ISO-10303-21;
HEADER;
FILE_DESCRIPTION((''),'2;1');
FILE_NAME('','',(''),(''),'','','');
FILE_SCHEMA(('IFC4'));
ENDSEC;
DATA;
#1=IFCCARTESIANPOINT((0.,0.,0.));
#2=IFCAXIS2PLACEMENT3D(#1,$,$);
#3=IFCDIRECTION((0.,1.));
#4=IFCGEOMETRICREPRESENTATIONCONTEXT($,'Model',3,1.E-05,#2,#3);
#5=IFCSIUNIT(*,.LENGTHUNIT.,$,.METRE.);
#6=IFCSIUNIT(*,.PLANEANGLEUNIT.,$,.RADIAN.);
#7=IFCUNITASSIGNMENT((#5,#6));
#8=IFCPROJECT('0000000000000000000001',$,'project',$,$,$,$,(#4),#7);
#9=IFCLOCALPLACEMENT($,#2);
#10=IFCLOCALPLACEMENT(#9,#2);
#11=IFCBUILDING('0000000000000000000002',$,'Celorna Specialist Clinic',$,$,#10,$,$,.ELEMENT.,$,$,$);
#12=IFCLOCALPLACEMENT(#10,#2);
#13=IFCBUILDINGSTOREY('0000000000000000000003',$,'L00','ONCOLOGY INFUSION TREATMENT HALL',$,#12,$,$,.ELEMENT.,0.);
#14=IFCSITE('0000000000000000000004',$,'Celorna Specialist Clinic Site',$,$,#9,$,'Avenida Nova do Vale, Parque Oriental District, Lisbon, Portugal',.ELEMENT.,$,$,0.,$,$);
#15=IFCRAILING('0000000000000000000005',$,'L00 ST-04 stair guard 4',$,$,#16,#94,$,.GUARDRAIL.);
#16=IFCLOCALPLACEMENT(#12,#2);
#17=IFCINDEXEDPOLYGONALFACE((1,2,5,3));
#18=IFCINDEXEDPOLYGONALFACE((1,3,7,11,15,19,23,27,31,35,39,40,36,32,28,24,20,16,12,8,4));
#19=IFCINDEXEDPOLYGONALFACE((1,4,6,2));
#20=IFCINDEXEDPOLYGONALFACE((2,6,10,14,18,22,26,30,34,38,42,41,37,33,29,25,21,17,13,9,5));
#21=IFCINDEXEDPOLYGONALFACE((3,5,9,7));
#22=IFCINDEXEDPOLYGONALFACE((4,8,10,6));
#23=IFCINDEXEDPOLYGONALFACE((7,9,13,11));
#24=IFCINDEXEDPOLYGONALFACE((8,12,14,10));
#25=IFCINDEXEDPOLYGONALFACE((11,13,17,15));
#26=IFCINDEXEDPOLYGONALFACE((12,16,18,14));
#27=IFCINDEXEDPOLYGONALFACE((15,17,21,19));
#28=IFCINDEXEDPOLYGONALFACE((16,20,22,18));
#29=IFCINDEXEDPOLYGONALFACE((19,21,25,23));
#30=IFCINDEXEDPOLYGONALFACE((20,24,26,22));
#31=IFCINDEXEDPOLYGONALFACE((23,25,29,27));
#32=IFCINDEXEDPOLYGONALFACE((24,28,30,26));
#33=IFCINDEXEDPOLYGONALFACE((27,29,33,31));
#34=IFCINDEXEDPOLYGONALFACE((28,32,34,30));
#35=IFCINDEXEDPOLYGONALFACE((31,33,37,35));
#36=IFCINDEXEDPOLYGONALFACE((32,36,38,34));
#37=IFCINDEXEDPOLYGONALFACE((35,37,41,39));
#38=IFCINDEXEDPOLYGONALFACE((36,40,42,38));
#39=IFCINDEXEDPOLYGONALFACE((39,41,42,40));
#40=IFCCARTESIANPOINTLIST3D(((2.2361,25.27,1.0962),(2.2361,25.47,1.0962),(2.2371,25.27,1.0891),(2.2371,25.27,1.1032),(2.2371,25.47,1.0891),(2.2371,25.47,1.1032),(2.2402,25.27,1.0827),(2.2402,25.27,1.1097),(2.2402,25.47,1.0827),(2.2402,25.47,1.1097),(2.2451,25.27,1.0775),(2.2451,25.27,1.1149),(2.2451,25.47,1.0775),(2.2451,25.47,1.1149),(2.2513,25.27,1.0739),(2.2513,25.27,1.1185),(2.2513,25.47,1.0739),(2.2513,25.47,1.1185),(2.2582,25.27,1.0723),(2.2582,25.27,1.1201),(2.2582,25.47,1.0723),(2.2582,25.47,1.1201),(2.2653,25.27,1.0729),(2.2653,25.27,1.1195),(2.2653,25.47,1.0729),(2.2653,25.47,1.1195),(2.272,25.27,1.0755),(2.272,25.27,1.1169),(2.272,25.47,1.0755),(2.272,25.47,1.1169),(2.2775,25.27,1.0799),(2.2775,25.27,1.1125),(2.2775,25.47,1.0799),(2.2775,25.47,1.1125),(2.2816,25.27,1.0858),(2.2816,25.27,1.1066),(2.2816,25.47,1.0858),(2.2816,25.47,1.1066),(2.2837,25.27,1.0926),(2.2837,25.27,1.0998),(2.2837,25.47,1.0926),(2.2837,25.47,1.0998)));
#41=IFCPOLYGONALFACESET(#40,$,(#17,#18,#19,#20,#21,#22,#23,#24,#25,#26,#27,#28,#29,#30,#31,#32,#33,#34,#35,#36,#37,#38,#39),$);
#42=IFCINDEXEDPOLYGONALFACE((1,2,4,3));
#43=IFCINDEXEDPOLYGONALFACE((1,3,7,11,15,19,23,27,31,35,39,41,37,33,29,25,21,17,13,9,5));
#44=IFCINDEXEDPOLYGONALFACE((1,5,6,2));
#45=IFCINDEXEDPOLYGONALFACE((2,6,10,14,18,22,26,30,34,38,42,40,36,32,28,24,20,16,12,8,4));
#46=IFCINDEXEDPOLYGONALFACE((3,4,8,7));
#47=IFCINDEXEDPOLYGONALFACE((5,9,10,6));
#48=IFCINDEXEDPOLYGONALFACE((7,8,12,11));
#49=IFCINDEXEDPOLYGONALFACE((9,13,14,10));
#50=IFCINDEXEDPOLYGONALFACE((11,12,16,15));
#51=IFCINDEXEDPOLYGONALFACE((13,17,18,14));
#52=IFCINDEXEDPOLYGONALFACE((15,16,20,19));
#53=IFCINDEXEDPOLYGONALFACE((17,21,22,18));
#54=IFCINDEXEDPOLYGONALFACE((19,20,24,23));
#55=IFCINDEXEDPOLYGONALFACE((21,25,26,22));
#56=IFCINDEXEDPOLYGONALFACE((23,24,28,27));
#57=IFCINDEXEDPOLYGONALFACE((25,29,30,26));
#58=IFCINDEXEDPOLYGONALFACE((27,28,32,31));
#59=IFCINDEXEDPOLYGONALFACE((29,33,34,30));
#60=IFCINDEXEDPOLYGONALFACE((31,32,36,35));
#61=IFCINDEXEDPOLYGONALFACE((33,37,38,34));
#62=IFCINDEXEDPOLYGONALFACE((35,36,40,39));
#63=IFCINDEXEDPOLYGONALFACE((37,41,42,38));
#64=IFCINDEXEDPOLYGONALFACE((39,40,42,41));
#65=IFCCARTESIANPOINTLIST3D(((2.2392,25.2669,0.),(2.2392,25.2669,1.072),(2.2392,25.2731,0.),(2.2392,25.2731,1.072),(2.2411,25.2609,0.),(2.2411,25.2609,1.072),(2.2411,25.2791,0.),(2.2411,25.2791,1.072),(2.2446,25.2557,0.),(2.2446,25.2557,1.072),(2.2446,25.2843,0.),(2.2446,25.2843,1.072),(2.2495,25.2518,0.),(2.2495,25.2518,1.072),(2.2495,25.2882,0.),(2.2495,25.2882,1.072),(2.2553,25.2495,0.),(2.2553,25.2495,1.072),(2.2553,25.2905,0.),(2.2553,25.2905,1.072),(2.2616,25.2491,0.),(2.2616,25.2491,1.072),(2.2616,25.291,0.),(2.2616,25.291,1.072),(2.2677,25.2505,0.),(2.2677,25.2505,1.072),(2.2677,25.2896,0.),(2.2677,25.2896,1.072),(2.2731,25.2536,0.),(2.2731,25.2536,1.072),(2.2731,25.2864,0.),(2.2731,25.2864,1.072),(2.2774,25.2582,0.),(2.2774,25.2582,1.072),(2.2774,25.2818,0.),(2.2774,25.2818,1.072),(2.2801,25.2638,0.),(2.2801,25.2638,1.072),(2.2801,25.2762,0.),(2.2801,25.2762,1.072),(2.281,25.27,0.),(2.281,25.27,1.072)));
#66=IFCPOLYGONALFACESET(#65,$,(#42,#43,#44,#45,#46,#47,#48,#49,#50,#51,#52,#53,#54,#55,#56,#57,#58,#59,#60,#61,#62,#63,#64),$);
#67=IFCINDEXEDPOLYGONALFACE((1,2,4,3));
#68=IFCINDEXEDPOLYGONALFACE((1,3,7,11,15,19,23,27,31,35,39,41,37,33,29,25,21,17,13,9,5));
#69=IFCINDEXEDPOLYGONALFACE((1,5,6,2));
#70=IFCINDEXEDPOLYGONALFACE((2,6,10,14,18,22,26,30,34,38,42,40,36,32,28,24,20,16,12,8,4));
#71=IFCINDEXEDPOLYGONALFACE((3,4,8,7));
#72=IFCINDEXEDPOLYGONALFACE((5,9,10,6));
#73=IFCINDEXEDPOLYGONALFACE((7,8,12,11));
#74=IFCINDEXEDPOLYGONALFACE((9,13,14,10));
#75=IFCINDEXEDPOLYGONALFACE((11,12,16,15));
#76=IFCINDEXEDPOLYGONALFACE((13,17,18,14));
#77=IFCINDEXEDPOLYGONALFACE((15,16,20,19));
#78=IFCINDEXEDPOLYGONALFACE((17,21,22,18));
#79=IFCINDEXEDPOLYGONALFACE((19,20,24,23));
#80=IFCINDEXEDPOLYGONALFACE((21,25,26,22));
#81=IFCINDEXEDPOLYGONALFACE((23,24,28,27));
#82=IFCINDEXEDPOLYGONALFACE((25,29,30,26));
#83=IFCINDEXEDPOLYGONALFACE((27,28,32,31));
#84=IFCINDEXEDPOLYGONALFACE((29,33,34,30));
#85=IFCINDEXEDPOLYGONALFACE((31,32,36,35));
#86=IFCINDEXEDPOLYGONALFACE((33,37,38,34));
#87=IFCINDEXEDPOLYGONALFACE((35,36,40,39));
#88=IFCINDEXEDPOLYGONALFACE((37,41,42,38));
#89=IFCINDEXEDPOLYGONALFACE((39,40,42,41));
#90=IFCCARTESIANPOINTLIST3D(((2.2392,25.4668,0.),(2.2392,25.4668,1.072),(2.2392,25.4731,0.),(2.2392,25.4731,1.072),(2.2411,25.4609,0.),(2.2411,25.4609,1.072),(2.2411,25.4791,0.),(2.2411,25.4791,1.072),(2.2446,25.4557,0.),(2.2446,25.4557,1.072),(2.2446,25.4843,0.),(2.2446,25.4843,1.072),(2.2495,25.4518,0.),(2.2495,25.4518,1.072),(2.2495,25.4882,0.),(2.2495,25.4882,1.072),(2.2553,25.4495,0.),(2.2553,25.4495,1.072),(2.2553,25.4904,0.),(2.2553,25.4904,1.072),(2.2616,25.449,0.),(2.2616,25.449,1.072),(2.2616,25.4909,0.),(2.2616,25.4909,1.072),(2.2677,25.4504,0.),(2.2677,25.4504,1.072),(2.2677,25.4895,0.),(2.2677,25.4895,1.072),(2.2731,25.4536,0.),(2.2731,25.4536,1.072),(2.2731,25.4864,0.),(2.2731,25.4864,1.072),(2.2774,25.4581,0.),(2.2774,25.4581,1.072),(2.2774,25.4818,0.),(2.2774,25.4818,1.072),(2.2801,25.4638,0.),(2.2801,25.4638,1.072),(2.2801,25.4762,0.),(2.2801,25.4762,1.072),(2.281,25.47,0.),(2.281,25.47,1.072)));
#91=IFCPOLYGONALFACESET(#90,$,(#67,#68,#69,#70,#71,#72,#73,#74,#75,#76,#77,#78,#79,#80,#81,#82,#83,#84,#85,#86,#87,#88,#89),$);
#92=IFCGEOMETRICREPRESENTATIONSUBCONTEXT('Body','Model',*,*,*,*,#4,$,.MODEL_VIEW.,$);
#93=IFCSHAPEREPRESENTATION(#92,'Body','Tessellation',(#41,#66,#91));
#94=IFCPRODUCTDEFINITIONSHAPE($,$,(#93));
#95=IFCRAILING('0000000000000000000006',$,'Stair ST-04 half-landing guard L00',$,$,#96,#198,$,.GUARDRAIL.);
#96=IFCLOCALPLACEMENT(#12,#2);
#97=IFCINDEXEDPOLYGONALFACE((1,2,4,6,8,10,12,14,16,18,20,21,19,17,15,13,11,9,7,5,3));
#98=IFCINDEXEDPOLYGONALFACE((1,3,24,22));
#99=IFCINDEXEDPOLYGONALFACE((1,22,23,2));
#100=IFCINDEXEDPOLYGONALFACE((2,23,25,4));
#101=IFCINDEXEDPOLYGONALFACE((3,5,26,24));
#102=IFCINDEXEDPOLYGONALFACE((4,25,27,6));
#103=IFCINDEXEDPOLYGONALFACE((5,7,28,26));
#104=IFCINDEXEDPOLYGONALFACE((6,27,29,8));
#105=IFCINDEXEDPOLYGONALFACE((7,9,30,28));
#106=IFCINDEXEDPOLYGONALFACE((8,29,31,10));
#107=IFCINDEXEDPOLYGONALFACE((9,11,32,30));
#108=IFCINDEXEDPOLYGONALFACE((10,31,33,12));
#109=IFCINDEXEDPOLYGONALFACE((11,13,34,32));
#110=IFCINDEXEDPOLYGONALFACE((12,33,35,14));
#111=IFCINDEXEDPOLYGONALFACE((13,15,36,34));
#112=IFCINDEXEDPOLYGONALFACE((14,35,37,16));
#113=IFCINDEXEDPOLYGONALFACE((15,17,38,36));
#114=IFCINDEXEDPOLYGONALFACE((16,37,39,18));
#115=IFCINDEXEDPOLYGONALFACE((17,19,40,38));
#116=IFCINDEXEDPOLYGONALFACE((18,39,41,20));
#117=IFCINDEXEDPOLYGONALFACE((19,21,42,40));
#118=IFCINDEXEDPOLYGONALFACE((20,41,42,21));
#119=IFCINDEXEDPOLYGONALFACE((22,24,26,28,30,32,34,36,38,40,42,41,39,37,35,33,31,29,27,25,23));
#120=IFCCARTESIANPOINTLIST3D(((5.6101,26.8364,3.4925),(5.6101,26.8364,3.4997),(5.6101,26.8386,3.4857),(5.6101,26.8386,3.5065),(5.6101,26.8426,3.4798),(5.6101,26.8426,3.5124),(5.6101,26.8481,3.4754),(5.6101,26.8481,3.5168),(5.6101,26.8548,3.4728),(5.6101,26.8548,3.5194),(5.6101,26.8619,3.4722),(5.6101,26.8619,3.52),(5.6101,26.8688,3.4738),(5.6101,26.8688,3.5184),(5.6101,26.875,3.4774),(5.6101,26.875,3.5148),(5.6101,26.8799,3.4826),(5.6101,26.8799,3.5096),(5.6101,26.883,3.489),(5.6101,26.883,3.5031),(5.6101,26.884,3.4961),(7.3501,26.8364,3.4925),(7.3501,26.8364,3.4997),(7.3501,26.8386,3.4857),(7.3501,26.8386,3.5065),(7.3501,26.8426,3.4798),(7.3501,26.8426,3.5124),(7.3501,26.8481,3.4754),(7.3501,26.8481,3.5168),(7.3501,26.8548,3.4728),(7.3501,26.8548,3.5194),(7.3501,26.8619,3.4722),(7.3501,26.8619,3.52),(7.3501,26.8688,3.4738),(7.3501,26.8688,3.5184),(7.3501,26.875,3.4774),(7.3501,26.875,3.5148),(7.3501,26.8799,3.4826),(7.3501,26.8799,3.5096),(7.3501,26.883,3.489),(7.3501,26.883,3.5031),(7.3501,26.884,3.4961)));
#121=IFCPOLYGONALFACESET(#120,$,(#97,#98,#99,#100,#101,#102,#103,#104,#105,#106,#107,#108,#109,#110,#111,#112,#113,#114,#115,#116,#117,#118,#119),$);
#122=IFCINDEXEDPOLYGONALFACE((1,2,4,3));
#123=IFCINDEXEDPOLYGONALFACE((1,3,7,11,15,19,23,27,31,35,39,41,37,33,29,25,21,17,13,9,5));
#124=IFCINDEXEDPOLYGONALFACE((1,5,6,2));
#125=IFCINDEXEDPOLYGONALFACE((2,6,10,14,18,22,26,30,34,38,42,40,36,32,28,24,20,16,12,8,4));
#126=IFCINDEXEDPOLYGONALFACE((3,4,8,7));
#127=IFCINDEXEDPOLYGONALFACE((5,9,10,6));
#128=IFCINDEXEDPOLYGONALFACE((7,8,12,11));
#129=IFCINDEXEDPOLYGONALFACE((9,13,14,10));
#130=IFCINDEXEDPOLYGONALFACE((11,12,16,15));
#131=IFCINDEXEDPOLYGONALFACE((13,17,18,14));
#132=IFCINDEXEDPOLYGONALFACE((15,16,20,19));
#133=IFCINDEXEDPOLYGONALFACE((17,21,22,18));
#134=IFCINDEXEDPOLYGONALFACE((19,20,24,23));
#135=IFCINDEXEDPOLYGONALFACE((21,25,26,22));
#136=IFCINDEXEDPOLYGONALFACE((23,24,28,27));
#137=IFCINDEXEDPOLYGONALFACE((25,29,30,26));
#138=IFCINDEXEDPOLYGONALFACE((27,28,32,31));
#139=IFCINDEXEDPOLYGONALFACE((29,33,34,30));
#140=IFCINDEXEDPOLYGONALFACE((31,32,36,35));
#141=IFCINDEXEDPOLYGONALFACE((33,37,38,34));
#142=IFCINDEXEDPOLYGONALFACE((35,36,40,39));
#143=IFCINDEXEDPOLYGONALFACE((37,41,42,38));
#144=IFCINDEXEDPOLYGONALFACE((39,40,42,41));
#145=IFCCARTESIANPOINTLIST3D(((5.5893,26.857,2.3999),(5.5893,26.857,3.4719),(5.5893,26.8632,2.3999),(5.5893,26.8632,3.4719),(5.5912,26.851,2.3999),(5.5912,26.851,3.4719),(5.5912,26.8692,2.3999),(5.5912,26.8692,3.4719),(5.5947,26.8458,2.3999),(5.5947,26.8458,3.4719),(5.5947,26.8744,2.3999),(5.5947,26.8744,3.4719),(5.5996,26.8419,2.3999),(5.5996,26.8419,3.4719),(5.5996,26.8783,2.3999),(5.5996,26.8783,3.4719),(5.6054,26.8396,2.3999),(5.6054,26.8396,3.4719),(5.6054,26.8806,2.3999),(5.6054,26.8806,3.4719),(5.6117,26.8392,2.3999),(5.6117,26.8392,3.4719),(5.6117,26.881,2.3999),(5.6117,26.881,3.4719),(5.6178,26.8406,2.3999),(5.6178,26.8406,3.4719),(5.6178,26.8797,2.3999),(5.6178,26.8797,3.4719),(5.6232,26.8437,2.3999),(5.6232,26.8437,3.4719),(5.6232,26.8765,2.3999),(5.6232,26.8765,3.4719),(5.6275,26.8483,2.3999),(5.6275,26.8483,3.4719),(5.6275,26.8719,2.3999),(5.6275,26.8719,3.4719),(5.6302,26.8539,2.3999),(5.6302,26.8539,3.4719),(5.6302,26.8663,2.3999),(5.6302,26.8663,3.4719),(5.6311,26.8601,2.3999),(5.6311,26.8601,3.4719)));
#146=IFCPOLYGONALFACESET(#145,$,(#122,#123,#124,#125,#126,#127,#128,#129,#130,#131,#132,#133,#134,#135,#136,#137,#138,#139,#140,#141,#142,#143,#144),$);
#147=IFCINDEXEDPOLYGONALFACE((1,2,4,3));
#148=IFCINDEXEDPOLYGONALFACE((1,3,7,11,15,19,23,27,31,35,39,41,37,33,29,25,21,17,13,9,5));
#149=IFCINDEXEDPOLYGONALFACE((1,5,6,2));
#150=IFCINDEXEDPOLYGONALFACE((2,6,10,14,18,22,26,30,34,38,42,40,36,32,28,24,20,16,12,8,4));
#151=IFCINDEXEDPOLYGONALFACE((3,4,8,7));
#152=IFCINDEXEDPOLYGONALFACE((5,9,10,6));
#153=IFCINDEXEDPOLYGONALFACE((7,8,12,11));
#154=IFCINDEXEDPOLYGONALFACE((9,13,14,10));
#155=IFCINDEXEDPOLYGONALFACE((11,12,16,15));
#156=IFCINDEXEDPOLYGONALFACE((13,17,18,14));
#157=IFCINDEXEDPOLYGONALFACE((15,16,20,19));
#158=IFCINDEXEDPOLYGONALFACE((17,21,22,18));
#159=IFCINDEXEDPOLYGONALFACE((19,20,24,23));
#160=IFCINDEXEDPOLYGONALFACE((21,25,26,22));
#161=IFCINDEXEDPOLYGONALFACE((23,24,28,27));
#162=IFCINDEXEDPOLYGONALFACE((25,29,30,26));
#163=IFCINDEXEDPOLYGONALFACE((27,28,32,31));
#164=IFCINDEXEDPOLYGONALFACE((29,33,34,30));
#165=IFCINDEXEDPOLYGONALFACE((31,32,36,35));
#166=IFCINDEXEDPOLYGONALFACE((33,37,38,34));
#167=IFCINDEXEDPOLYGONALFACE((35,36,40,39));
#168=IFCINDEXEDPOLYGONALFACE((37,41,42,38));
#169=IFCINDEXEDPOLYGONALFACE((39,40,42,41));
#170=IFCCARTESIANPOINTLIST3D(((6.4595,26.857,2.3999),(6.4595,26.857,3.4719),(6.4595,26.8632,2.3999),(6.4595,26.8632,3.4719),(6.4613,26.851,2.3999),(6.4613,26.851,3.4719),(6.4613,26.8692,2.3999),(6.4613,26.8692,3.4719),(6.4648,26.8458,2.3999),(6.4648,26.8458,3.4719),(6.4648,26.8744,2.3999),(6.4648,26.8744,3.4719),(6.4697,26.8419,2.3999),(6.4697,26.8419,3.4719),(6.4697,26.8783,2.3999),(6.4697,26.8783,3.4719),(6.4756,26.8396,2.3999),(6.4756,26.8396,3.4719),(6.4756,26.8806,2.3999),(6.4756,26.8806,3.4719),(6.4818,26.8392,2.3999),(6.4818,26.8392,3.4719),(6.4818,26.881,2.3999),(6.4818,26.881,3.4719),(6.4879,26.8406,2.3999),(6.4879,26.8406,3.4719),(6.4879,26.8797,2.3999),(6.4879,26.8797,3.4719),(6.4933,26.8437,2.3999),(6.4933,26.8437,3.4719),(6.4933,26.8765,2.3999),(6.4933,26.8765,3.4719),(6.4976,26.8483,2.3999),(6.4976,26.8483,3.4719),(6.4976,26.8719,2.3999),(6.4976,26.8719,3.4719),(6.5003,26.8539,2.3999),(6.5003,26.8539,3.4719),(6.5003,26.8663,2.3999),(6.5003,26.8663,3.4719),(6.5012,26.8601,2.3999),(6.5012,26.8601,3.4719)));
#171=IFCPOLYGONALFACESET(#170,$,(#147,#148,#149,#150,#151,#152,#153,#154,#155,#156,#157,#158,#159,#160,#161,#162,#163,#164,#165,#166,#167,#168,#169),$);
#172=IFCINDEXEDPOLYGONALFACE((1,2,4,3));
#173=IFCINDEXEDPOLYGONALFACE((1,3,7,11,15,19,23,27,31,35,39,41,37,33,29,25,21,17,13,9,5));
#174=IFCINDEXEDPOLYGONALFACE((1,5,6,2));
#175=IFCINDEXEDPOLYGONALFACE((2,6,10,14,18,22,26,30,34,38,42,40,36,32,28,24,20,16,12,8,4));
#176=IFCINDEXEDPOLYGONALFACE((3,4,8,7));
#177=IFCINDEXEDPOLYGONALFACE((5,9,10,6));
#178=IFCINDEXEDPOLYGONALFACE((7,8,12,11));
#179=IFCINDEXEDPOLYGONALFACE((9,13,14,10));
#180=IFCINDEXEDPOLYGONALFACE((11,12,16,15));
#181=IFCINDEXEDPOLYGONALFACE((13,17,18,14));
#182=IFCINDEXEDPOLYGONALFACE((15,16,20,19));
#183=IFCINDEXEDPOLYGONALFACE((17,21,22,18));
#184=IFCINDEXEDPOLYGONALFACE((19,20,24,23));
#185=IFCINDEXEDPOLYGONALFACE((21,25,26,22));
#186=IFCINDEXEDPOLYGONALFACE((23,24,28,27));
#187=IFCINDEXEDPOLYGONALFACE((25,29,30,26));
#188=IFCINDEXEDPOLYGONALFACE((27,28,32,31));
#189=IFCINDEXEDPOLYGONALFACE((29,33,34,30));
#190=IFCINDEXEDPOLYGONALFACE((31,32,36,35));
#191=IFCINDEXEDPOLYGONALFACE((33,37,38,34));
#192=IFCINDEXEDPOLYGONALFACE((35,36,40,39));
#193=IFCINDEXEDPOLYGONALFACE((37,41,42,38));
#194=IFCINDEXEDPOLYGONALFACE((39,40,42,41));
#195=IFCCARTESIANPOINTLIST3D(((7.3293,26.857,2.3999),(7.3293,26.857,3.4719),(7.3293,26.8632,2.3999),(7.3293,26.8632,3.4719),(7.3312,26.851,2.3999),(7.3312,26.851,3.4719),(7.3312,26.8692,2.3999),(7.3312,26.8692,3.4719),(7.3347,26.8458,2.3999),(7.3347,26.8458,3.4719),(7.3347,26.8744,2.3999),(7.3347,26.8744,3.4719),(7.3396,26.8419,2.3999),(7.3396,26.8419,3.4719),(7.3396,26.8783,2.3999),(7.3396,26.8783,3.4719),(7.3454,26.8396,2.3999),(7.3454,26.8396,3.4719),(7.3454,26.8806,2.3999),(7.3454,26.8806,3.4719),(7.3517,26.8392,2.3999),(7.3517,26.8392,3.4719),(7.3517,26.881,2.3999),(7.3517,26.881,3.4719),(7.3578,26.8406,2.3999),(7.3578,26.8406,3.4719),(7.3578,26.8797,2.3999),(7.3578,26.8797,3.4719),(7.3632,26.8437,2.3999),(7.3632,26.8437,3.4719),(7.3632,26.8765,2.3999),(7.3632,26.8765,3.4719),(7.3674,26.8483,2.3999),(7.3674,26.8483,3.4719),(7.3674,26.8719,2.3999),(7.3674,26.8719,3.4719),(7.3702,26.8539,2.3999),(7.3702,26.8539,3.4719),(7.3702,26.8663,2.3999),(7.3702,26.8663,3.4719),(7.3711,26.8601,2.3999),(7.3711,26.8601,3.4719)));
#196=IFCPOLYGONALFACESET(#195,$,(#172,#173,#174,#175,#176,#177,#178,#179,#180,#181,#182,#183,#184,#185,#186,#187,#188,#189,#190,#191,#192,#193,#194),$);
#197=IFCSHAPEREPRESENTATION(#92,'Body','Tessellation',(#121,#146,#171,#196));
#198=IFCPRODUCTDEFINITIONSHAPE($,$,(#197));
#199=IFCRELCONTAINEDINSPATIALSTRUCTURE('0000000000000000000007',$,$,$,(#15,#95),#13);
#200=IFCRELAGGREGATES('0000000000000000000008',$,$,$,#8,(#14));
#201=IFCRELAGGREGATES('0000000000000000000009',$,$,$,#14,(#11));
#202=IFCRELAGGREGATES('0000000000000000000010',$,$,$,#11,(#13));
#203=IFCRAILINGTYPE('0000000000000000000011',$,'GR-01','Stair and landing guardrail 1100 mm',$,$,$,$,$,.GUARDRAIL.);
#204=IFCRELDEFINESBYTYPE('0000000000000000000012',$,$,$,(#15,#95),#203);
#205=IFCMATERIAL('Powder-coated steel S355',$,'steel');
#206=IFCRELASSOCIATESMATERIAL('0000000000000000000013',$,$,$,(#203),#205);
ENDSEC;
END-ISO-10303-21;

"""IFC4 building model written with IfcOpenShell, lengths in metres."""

from ifc_helpers import new_model, si_unit, direction, frame, origin, origin_2d, place, context, subcontext, project, spatial, circle, extrude, material, type_object, element, save


model = new_model("IFC4")

# Units and contexts
model_context = context("Model", 3, precision=1e-05, world=origin(), true_north=direction((0.0, 1.0)))
body_context = subcontext(model_context, "Body", "Model", "MODEL_VIEW")
ifc_project = project(units=[si_unit("LENGTHUNIT", "METRE"), si_unit("PLANEANGLEUNIT", "RADIAN")], contexts=[model_context])

# Site, building, storey
site_placement = place(None, origin())
site = spatial("IfcSite", under=ifc_project, at=site_placement, Name="Celorna Specialist Clinic Site", LongName="Avenida Nova do Vale, Parque Oriental District, Lisbon, Portugal", CompositionType="ELEMENT", RefElevation=0.0)
building_placement = place(site_placement, origin())
building = spatial("IfcBuilding", under=site, at=building_placement, Name="Celorna Specialist Clinic", CompositionType="ELEMENT")
storey_placement = place(building_placement, origin())
storey = spatial("IfcBuildingStorey", under=building, at=storey_placement, Name="L00", Description="ONCOLOGY INFUSION TREATMENT HALL", CompositionType="ELEMENT", Elevation=0.0)

# Railings
ifc_material_1 = material(Name="Powder-coated steel S355", Category="steel")
railing_type_1 = type_object("IfcRailingType", Name="GR-01", Description="Stair and landing guardrail 1100 mm", PredefinedType="GUARDRAIL", material=ifc_material_1)
railing_1_placement = place(storey_placement, frame((2.26, 25.27, 0.0)))
element("IfcRailing", 1, at=railing_1_placement, inside=storey, type_object=railing_type_1, Name="L00 ST-04 stair guard 4", PredefinedType="GUARDRAIL", context=body_context, shape_type="SweptSolid", body=[
    extrude(circle(Radius=0.0239, at=origin_2d()), frame((0.0, 0.0, 1.0962), z_axis=(0.0, 1.0, 0.0), x_axis=(-1.0, 0.0, 0.0)), (0.0, 0.0, 1.0), 0.2),
    extrude(circle(Radius=0.021, at=origin_2d()), origin(), (0.0, 0.0, 1.0), 1.072),
    extrude(circle(Radius=0.021, at=origin_2d()), frame((0.0, 0.2, 0.0)), (0.0, 0.0, 1.0), 1.072),
])
railing_2_placement = place(storey_placement, frame((5.6101, 26.8601, 2.3999)))
element("IfcRailing", 2, at=railing_2_placement, inside=storey, type_object=railing_type_1, Name="Stair ST-04 half-landing guard L00", PredefinedType="GUARDRAIL", context=body_context, shape_type="SweptSolid", body=[
    extrude(circle(Radius=0.0239, at=origin_2d()), frame((0.0, 0.0, 1.0962), z_axis=(1.0, 0.0, 0.0), x_axis=(0.0, 1.0, 0.0)), (0.0, 0.0, 1.0), 1.74),
    extrude(circle(Radius=0.021, at=origin_2d()), origin(), (0.0, 0.0, 1.0), 1.072),
    extrude(circle(Radius=0.021, at=origin_2d()), frame((0.8701, 0.0, 0.0)), (0.0, 0.0, 1.0), 1.072),
    extrude(circle(Radius=0.021, at=origin_2d()), frame((1.74, 0.0, 0.0)), (0.0, 0.0, 1.0), 1.072),
])

save(model, "model.ifc")
